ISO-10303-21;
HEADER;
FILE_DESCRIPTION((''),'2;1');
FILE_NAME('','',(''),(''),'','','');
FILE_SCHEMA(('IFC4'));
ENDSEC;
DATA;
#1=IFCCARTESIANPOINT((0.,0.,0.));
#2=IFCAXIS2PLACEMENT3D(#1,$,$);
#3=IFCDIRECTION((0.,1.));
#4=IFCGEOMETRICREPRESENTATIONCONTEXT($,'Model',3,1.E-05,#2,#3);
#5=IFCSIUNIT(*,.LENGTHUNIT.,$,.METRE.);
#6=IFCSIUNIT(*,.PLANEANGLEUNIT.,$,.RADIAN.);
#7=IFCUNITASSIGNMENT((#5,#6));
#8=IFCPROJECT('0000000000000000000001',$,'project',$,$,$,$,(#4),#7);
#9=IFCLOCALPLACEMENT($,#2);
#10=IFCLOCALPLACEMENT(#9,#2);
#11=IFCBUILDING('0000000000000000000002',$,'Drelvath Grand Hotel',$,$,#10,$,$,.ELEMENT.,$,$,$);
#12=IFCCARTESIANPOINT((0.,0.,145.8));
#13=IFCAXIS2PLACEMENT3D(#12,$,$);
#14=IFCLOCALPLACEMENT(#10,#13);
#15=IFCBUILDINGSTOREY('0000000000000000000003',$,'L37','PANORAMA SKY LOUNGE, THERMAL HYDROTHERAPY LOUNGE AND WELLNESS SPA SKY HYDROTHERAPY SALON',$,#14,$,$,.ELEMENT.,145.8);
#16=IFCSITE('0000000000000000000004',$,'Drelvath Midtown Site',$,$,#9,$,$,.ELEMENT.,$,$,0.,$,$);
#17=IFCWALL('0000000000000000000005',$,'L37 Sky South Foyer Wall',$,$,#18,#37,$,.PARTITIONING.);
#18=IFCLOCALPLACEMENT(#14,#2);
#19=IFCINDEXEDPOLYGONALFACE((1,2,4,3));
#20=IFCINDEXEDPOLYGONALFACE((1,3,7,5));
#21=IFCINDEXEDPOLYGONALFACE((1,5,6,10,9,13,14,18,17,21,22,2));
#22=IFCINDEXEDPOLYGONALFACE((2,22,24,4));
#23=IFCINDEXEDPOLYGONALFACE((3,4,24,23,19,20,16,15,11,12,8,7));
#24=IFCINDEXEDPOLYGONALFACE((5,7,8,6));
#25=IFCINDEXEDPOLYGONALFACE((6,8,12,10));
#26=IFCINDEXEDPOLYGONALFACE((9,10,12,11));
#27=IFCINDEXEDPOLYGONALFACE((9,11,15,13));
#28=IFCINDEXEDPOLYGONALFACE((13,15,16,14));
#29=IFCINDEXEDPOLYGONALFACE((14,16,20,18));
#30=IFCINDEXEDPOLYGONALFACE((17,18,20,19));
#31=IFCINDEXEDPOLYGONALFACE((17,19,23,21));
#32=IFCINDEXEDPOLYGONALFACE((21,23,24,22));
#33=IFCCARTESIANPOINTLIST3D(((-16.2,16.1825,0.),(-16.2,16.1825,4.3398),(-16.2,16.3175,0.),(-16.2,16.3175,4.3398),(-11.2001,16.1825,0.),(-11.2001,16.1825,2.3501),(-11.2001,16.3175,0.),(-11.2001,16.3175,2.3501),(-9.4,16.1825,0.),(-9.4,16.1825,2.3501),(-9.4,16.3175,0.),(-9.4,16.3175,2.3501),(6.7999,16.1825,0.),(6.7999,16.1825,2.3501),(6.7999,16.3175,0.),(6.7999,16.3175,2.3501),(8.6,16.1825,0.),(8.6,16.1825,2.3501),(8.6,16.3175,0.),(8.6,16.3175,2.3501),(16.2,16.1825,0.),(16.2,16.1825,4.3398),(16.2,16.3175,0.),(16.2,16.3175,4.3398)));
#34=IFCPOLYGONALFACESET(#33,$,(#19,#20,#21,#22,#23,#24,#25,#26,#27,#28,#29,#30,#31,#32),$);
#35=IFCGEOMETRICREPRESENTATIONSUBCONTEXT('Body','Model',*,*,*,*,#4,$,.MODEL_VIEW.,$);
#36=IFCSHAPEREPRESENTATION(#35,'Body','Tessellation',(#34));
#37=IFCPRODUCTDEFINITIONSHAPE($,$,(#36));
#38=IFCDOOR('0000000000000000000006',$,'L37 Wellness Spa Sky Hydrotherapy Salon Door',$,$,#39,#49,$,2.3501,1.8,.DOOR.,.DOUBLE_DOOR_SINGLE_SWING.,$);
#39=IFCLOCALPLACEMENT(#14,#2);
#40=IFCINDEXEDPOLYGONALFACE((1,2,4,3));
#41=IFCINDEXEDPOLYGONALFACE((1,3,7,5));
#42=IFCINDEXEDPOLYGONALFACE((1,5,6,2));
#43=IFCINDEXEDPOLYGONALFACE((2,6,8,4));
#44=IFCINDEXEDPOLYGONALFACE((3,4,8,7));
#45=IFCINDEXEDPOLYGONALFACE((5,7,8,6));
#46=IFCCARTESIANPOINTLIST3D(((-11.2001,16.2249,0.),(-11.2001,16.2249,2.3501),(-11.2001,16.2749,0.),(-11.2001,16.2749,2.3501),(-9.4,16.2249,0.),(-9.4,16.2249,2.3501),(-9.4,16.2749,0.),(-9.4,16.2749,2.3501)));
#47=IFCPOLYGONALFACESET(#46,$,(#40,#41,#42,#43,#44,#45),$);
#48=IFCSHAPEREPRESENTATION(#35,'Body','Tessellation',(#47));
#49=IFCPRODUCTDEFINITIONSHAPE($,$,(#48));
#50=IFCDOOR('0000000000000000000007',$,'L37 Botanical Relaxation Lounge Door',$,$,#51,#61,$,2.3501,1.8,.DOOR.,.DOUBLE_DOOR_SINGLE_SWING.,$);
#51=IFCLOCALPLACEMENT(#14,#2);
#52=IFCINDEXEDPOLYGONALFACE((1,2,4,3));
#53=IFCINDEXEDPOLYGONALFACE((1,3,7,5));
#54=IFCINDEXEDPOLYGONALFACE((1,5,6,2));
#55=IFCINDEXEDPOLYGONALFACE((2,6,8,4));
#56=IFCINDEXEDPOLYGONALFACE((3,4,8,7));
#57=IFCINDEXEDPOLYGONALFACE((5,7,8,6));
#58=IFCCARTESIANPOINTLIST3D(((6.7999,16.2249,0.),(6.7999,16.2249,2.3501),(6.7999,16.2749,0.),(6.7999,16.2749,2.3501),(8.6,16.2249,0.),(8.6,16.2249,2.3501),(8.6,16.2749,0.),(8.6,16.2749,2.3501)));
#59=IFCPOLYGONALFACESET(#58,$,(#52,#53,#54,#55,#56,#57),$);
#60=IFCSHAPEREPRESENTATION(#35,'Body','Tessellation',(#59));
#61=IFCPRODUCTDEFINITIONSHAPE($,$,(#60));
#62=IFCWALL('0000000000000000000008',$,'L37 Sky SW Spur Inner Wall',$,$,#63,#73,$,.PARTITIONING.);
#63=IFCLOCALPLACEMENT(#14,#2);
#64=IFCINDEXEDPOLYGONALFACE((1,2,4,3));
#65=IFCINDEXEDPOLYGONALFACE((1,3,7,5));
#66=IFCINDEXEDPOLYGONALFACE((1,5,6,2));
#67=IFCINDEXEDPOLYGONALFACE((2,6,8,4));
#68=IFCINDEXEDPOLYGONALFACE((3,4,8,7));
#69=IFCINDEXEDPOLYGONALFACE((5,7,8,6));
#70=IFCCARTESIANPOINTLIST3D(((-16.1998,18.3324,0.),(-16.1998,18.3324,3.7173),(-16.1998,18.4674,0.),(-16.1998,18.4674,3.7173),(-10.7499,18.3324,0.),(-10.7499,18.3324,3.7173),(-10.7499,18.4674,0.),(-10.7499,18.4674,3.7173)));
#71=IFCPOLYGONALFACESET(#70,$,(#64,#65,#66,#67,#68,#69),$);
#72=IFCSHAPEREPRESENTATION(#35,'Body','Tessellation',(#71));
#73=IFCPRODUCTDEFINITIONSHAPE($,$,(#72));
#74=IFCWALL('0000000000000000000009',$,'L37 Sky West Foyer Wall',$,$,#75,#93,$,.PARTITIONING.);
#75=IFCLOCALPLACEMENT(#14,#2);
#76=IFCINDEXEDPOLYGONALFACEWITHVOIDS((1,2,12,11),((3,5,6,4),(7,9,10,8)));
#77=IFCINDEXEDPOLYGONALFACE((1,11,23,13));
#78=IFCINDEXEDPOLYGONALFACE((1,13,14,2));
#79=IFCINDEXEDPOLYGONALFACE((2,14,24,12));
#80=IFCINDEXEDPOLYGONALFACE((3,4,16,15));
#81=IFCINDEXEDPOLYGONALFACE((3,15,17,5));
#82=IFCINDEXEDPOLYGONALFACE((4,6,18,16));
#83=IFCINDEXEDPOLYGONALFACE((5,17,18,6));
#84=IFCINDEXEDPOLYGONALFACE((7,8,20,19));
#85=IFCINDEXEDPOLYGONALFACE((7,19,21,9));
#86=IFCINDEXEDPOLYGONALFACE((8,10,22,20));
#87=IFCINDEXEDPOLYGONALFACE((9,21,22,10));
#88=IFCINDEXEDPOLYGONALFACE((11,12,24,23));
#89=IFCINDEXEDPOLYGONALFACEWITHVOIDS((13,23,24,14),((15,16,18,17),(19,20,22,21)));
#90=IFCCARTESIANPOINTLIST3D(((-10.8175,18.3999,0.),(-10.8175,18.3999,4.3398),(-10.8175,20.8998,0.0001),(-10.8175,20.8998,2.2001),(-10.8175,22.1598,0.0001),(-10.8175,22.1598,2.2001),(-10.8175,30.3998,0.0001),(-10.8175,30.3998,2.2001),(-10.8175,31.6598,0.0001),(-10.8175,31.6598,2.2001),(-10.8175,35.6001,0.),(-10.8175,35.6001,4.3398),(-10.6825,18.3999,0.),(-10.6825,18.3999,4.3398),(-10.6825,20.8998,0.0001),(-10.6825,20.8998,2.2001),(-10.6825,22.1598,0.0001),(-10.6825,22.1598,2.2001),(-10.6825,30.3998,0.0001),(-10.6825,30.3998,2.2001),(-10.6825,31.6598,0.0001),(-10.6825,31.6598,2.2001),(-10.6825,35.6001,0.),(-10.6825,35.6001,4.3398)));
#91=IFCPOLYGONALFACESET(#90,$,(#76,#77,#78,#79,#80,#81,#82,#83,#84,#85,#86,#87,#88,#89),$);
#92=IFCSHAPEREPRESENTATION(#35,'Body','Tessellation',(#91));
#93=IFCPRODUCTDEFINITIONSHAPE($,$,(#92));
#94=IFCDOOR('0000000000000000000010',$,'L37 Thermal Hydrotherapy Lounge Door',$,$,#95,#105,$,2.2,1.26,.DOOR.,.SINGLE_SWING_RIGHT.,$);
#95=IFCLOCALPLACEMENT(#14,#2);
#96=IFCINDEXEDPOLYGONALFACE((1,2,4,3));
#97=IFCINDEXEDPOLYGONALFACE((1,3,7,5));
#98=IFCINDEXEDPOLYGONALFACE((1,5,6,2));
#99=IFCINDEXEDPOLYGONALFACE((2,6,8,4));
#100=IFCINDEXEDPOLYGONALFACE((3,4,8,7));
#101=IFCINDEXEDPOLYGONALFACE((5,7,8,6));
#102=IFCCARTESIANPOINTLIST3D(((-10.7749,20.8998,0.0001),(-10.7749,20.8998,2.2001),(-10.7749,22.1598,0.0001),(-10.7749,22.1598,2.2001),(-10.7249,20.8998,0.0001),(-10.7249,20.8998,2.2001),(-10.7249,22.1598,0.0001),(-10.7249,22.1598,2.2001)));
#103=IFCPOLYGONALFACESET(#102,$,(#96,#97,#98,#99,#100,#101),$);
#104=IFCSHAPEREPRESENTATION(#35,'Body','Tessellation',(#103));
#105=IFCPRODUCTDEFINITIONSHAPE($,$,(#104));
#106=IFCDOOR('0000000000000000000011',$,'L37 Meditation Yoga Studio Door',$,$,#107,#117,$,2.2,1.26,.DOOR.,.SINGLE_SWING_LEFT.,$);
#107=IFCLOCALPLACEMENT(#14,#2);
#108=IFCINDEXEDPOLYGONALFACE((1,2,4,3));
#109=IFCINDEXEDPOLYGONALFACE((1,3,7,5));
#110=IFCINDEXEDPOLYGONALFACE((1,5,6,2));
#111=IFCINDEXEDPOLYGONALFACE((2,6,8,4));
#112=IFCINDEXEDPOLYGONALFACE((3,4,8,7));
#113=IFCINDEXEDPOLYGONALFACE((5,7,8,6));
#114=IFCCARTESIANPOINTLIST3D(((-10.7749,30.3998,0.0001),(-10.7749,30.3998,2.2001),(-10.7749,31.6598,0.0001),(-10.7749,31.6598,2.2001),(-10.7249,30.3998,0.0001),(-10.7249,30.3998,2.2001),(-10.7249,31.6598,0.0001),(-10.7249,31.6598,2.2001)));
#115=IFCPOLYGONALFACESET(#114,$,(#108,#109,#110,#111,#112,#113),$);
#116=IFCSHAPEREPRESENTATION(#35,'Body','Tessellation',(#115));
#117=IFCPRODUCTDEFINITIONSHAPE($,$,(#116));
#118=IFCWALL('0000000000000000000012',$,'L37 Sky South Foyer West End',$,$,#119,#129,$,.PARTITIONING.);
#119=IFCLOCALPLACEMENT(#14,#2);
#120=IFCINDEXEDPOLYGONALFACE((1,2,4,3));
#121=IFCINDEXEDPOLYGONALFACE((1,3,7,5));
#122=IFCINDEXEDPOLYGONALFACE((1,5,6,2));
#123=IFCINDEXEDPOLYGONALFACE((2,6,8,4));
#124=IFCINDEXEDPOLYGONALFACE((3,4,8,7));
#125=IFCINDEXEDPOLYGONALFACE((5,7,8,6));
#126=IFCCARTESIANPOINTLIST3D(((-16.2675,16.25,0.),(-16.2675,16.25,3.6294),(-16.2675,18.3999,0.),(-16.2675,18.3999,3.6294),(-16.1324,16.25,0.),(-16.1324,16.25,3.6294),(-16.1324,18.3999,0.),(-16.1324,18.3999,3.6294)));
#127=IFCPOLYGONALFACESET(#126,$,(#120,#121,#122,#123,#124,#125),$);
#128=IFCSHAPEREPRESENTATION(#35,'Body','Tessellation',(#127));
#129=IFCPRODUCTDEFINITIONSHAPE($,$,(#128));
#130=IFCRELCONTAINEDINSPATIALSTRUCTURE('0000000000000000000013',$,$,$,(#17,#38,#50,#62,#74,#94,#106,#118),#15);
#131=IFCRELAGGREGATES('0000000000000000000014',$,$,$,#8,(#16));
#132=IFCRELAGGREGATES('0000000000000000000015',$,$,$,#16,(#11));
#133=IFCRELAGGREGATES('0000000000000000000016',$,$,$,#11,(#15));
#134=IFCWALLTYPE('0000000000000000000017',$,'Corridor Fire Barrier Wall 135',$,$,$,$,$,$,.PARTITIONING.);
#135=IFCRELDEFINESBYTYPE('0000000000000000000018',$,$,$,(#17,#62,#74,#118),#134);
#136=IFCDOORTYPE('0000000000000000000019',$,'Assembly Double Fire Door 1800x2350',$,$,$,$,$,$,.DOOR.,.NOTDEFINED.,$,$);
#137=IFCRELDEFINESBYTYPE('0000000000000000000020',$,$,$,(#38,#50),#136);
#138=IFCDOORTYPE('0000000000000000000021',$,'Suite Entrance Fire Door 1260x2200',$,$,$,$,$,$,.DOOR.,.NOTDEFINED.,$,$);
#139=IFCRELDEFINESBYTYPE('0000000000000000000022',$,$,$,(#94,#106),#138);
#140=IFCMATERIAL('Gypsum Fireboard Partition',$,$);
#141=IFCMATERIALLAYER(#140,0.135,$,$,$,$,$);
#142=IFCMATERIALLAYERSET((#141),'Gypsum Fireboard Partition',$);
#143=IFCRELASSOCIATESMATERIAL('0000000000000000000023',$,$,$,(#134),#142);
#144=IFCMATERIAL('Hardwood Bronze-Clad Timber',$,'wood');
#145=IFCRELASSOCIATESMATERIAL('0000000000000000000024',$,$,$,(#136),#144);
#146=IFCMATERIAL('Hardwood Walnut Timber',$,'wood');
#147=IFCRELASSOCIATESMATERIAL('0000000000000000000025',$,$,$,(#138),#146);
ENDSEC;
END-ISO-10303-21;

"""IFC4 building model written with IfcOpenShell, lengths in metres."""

from ifc_helpers import new_model, si_unit, direction, frame, frame_2d, origin, place, context, subcontext, project, spatial, rectangle, extrude, material, layer, layer_set, type_object, element, fill, save


model = new_model("IFC4")

# Units and contexts
model_context = context("Model", 3, precision=1e-05, world=origin(), true_north=direction((0.0, 1.0)))
body_context = subcontext(model_context, "Body", "Model", "MODEL_VIEW")
ifc_project = project(units=[si_unit("LENGTHUNIT", "METRE"), si_unit("PLANEANGLEUNIT", "RADIAN")], contexts=[model_context])

# Site, building, storey
site_placement = place(None, origin())
site = spatial("IfcSite", under=ifc_project, at=site_placement, Name="Drelvath Midtown Site", CompositionType="ELEMENT", RefElevation=0.0)
building_placement = place(site_placement, origin())
building = spatial("IfcBuilding", under=site, at=building_placement, Name="Drelvath Grand Hotel", CompositionType="ELEMENT")
storey_placement = place(building_placement, frame((0.0, 0.0, 145.8)))
storey = spatial("IfcBuildingStorey", under=building, at=storey_placement, Name="L37", Description="PANORAMA SKY LOUNGE, THERMAL HYDROTHERAPY LOUNGE AND WELLNESS SPA SKY HYDROTHERAPY SALON", CompositionType="ELEMENT", Elevation=145.8)

# Wall, openings, doors
ifc_material_1 = material(Name="Gypsum Fireboard Partition")
ifc_layer_1 = layer(ifc_material_1, 0.135)
ifc_layer_set_1 = layer_set([ifc_layer_1], Name="Gypsum Fireboard Partition")
wall_type_1 = type_object("IfcWallType", Name="Corridor Fire Barrier Wall 135", PredefinedType="PARTITIONING", material=ifc_layer_set_1)
wall_1_placement = place(storey_placement, frame((-16.2, 16.25, 0.0), z_axis=(0.0, 0.0, 1.0), x_axis=(1.0, 0.0, 0.0)))
wall_1 = element("IfcWall", 1, at=wall_1_placement, inside=storey, type_object=wall_type_1, Name="L37 Sky South Foyer Wall", PredefinedType="PARTITIONING", context=body_context, shape_type="SweptSolid", body=[
    extrude(rectangle(XDim=32.3999, YDim=0.135, at=frame_2d((16.2, 0.0))), origin(), (0.0, 0.0, 1.0), 4.3398),
])
opening_1_placement = place(wall_1_placement, frame((5.0, 0.0, 0.0)))
opening_1 = element("IfcOpeningElement", 2, at=opening_1_placement, cuts=wall_1, PredefinedType="OPENING", context=body_context, shape_type="SweptSolid", body=[
    extrude(rectangle(XDim=1.8, YDim=2.3501, at=frame_2d((0.8999, 1.175))), frame((0.0, 0.0774, 0.0), z_axis=(0.0, -1.0, 0.0), x_axis=(1.0, 0.0, 0.0)), (0.0, 0.0, 1.0), 0.155),
])
opening_2_placement = place(wall_1_placement, frame((23.0, 0.0, 0.0)))
opening_2 = element("IfcOpeningElement", 3, at=opening_2_placement, cuts=wall_1, PredefinedType="OPENING", context=body_context, shape_type="SweptSolid", body=[
    extrude(rectangle(XDim=1.8, YDim=2.3501, at=frame_2d((0.8999, 1.175))), frame((0.0, 0.0774, 0.0), z_axis=(0.0, -1.0, 0.0), x_axis=(1.0, 0.0, 0.0)), (0.0, 0.0, 1.0), 0.155),
])
ifc_material_2 = material(Name="Hardwood Bronze-Clad Timber", Category="wood")
door_type_1 = type_object("IfcDoorType", Name="Assembly Double Fire Door 1800x2350", OperationType="NOTDEFINED", PredefinedType="DOOR", material=ifc_material_2)
door_1_placement = place(opening_1_placement, origin())
door_1 = element("IfcDoor", 4, at=door_1_placement, inside=storey, type_object=door_type_1, Name="L37 Wellness Spa Sky Hydrotherapy Salon Door", OperationType="DOUBLE_DOOR_SINGLE_SWING", OverallHeight=2.3501, OverallWidth=1.8, PredefinedType="DOOR", context=body_context, shape_type="SweptSolid", body=[
    extrude(rectangle(XDim=1.8, YDim=2.3501, at=frame_2d((0.8999, 1.175))), frame((0.0, 0.0249, 0.0), z_axis=(0.0, -1.0, 0.0), x_axis=(1.0, 0.0, 0.0)), (0.0, 0.0, 1.0), 0.05),
])
fill(opening_1, door_1)
door_2_placement = place(opening_2_placement, origin())
door_2 = element("IfcDoor", 5, at=door_2_placement, inside=storey, type_object=door_type_1, Name="L37 Botanical Relaxation Lounge Door", OperationType="DOUBLE_DOOR_SINGLE_SWING", OverallHeight=2.3501, OverallWidth=1.8, PredefinedType="DOOR", context=body_context, shape_type="SweptSolid", body=[
    extrude(rectangle(XDim=1.8, YDim=2.3501, at=frame_2d((0.8999, 1.175))), frame((0.0, 0.0249, 0.0), z_axis=(0.0, -1.0, 0.0), x_axis=(1.0, 0.0, 0.0)), (0.0, 0.0, 1.0), 0.05),
])
fill(opening_2, door_2)

# Wall
wall_2_placement = place(storey_placement, frame((-16.2, 18.3999, 0.0), z_axis=(0.0, 0.0, 1.0), x_axis=(1.0, 0.0, 0.0)))
element("IfcWall", 6, at=wall_2_placement, inside=storey, type_object=wall_type_1, Name="L37 Sky SW Spur Inner Wall", PredefinedType="PARTITIONING", context=body_context, shape_type="SweptSolid", body=[
    extrude(rectangle(XDim=5.45, YDim=0.135, at=frame_2d((2.7251, 0.0))), origin(), (0.0, 0.0, 1.0), 3.7173),
])

# Wall, openings, doors
wall_3_placement = place(storey_placement, frame((-10.75, 18.3999, 0.0), z_axis=(0.0, 0.0, 1.0), x_axis=(0.0, 1.0, 0.0)))
wall_3 = element("IfcWall", 7, at=wall_3_placement, inside=storey, type_object=wall_type_1, Name="L37 Sky West Foyer Wall", PredefinedType="PARTITIONING", context=body_context, shape_type="SweptSolid", body=[
    extrude(rectangle(XDim=17.2002, YDim=0.135, at=frame_2d((8.6001, 0.0))), origin(), (0.0, 0.0, 1.0), 4.3398),
])
opening_3_placement = place(wall_3_placement, frame((2.5, 0.0, 0.0)))
opening_3 = element("IfcOpeningElement", 8, at=opening_3_placement, cuts=wall_3, PredefinedType="OPENING", context=body_context, shape_type="SweptSolid", body=[
    extrude(rectangle(XDim=1.26, YDim=2.2, at=frame_2d((0.6299, 1.1001))), frame((0.0, 0.0774, 0.0), z_axis=(0.0, -1.0, 0.0), x_axis=(1.0, 0.0, 0.0)), (0.0, 0.0, 1.0), 0.155),
])
opening_4_placement = place(wall_3_placement, frame((12.0, 0.0, 0.0)))
opening_4 = element("IfcOpeningElement", 9, at=opening_4_placement, cuts=wall_3, PredefinedType="OPENING", context=body_context, shape_type="SweptSolid", body=[
    extrude(rectangle(XDim=1.26, YDim=2.2, at=frame_2d((0.6299, 1.1001))), frame((0.0, 0.0774, 0.0), z_axis=(0.0, -1.0, 0.0), x_axis=(1.0, 0.0, 0.0)), (0.0, 0.0, 1.0), 0.155),
])
ifc_material_3 = material(Name="Hardwood Walnut Timber", Category="wood")
door_type_2 = type_object("IfcDoorType", Name="Suite Entrance Fire Door 1260x2200", OperationType="NOTDEFINED", PredefinedType="DOOR", material=ifc_material_3)
door_3_placement = place(opening_3_placement, origin())
door_3 = element("IfcDoor", 10, at=door_3_placement, inside=storey, type_object=door_type_2, Name="L37 Thermal Hydrotherapy Lounge Door", OperationType="SINGLE_SWING_RIGHT", OverallHeight=2.2, OverallWidth=1.26, PredefinedType="DOOR", context=body_context, shape_type="SweptSolid", body=[
    extrude(rectangle(XDim=1.26, YDim=2.2, at=frame_2d((0.6299, 1.1001))), frame((0.0, 0.0249, 0.0), z_axis=(0.0, -1.0, 0.0), x_axis=(1.0, 0.0, 0.0)), (0.0, 0.0, 1.0), 0.05),
])
fill(opening_3, door_3)
door_4_placement = place(opening_4_placement, origin())
door_4 = element("IfcDoor", 11, at=door_4_placement, inside=storey, type_object=door_type_2, Name="L37 Meditation Yoga Studio Door", OperationType="SINGLE_SWING_LEFT", OverallHeight=2.2, OverallWidth=1.26, PredefinedType="DOOR", context=body_context, shape_type="SweptSolid", body=[
    extrude(rectangle(XDim=1.26, YDim=2.2, at=frame_2d((0.6299, 1.1001))), frame((0.0, 0.0249, 0.0), z_axis=(0.0, -1.0, 0.0), x_axis=(1.0, 0.0, 0.0)), (0.0, 0.0, 1.0), 0.05),
])
fill(opening_4, door_4)

# Wall
wall_4_placement = place(storey_placement, frame((-16.2, 16.25, 0.0), z_axis=(0.0, 0.0, 1.0), x_axis=(0.0, 1.0, 0.0)))
element("IfcWall", 12, at=wall_4_placement, inside=storey, type_object=wall_type_1, Name="L37 Sky South Foyer West End", PredefinedType="PARTITIONING", context=body_context, shape_type="SweptSolid", body=[
    extrude(rectangle(XDim=2.1499, YDim=0.135, at=frame_2d((1.075, 0.0))), origin(), (0.0, 0.0, 1.0), 3.6294),
])

save(model, "model.ifc")
